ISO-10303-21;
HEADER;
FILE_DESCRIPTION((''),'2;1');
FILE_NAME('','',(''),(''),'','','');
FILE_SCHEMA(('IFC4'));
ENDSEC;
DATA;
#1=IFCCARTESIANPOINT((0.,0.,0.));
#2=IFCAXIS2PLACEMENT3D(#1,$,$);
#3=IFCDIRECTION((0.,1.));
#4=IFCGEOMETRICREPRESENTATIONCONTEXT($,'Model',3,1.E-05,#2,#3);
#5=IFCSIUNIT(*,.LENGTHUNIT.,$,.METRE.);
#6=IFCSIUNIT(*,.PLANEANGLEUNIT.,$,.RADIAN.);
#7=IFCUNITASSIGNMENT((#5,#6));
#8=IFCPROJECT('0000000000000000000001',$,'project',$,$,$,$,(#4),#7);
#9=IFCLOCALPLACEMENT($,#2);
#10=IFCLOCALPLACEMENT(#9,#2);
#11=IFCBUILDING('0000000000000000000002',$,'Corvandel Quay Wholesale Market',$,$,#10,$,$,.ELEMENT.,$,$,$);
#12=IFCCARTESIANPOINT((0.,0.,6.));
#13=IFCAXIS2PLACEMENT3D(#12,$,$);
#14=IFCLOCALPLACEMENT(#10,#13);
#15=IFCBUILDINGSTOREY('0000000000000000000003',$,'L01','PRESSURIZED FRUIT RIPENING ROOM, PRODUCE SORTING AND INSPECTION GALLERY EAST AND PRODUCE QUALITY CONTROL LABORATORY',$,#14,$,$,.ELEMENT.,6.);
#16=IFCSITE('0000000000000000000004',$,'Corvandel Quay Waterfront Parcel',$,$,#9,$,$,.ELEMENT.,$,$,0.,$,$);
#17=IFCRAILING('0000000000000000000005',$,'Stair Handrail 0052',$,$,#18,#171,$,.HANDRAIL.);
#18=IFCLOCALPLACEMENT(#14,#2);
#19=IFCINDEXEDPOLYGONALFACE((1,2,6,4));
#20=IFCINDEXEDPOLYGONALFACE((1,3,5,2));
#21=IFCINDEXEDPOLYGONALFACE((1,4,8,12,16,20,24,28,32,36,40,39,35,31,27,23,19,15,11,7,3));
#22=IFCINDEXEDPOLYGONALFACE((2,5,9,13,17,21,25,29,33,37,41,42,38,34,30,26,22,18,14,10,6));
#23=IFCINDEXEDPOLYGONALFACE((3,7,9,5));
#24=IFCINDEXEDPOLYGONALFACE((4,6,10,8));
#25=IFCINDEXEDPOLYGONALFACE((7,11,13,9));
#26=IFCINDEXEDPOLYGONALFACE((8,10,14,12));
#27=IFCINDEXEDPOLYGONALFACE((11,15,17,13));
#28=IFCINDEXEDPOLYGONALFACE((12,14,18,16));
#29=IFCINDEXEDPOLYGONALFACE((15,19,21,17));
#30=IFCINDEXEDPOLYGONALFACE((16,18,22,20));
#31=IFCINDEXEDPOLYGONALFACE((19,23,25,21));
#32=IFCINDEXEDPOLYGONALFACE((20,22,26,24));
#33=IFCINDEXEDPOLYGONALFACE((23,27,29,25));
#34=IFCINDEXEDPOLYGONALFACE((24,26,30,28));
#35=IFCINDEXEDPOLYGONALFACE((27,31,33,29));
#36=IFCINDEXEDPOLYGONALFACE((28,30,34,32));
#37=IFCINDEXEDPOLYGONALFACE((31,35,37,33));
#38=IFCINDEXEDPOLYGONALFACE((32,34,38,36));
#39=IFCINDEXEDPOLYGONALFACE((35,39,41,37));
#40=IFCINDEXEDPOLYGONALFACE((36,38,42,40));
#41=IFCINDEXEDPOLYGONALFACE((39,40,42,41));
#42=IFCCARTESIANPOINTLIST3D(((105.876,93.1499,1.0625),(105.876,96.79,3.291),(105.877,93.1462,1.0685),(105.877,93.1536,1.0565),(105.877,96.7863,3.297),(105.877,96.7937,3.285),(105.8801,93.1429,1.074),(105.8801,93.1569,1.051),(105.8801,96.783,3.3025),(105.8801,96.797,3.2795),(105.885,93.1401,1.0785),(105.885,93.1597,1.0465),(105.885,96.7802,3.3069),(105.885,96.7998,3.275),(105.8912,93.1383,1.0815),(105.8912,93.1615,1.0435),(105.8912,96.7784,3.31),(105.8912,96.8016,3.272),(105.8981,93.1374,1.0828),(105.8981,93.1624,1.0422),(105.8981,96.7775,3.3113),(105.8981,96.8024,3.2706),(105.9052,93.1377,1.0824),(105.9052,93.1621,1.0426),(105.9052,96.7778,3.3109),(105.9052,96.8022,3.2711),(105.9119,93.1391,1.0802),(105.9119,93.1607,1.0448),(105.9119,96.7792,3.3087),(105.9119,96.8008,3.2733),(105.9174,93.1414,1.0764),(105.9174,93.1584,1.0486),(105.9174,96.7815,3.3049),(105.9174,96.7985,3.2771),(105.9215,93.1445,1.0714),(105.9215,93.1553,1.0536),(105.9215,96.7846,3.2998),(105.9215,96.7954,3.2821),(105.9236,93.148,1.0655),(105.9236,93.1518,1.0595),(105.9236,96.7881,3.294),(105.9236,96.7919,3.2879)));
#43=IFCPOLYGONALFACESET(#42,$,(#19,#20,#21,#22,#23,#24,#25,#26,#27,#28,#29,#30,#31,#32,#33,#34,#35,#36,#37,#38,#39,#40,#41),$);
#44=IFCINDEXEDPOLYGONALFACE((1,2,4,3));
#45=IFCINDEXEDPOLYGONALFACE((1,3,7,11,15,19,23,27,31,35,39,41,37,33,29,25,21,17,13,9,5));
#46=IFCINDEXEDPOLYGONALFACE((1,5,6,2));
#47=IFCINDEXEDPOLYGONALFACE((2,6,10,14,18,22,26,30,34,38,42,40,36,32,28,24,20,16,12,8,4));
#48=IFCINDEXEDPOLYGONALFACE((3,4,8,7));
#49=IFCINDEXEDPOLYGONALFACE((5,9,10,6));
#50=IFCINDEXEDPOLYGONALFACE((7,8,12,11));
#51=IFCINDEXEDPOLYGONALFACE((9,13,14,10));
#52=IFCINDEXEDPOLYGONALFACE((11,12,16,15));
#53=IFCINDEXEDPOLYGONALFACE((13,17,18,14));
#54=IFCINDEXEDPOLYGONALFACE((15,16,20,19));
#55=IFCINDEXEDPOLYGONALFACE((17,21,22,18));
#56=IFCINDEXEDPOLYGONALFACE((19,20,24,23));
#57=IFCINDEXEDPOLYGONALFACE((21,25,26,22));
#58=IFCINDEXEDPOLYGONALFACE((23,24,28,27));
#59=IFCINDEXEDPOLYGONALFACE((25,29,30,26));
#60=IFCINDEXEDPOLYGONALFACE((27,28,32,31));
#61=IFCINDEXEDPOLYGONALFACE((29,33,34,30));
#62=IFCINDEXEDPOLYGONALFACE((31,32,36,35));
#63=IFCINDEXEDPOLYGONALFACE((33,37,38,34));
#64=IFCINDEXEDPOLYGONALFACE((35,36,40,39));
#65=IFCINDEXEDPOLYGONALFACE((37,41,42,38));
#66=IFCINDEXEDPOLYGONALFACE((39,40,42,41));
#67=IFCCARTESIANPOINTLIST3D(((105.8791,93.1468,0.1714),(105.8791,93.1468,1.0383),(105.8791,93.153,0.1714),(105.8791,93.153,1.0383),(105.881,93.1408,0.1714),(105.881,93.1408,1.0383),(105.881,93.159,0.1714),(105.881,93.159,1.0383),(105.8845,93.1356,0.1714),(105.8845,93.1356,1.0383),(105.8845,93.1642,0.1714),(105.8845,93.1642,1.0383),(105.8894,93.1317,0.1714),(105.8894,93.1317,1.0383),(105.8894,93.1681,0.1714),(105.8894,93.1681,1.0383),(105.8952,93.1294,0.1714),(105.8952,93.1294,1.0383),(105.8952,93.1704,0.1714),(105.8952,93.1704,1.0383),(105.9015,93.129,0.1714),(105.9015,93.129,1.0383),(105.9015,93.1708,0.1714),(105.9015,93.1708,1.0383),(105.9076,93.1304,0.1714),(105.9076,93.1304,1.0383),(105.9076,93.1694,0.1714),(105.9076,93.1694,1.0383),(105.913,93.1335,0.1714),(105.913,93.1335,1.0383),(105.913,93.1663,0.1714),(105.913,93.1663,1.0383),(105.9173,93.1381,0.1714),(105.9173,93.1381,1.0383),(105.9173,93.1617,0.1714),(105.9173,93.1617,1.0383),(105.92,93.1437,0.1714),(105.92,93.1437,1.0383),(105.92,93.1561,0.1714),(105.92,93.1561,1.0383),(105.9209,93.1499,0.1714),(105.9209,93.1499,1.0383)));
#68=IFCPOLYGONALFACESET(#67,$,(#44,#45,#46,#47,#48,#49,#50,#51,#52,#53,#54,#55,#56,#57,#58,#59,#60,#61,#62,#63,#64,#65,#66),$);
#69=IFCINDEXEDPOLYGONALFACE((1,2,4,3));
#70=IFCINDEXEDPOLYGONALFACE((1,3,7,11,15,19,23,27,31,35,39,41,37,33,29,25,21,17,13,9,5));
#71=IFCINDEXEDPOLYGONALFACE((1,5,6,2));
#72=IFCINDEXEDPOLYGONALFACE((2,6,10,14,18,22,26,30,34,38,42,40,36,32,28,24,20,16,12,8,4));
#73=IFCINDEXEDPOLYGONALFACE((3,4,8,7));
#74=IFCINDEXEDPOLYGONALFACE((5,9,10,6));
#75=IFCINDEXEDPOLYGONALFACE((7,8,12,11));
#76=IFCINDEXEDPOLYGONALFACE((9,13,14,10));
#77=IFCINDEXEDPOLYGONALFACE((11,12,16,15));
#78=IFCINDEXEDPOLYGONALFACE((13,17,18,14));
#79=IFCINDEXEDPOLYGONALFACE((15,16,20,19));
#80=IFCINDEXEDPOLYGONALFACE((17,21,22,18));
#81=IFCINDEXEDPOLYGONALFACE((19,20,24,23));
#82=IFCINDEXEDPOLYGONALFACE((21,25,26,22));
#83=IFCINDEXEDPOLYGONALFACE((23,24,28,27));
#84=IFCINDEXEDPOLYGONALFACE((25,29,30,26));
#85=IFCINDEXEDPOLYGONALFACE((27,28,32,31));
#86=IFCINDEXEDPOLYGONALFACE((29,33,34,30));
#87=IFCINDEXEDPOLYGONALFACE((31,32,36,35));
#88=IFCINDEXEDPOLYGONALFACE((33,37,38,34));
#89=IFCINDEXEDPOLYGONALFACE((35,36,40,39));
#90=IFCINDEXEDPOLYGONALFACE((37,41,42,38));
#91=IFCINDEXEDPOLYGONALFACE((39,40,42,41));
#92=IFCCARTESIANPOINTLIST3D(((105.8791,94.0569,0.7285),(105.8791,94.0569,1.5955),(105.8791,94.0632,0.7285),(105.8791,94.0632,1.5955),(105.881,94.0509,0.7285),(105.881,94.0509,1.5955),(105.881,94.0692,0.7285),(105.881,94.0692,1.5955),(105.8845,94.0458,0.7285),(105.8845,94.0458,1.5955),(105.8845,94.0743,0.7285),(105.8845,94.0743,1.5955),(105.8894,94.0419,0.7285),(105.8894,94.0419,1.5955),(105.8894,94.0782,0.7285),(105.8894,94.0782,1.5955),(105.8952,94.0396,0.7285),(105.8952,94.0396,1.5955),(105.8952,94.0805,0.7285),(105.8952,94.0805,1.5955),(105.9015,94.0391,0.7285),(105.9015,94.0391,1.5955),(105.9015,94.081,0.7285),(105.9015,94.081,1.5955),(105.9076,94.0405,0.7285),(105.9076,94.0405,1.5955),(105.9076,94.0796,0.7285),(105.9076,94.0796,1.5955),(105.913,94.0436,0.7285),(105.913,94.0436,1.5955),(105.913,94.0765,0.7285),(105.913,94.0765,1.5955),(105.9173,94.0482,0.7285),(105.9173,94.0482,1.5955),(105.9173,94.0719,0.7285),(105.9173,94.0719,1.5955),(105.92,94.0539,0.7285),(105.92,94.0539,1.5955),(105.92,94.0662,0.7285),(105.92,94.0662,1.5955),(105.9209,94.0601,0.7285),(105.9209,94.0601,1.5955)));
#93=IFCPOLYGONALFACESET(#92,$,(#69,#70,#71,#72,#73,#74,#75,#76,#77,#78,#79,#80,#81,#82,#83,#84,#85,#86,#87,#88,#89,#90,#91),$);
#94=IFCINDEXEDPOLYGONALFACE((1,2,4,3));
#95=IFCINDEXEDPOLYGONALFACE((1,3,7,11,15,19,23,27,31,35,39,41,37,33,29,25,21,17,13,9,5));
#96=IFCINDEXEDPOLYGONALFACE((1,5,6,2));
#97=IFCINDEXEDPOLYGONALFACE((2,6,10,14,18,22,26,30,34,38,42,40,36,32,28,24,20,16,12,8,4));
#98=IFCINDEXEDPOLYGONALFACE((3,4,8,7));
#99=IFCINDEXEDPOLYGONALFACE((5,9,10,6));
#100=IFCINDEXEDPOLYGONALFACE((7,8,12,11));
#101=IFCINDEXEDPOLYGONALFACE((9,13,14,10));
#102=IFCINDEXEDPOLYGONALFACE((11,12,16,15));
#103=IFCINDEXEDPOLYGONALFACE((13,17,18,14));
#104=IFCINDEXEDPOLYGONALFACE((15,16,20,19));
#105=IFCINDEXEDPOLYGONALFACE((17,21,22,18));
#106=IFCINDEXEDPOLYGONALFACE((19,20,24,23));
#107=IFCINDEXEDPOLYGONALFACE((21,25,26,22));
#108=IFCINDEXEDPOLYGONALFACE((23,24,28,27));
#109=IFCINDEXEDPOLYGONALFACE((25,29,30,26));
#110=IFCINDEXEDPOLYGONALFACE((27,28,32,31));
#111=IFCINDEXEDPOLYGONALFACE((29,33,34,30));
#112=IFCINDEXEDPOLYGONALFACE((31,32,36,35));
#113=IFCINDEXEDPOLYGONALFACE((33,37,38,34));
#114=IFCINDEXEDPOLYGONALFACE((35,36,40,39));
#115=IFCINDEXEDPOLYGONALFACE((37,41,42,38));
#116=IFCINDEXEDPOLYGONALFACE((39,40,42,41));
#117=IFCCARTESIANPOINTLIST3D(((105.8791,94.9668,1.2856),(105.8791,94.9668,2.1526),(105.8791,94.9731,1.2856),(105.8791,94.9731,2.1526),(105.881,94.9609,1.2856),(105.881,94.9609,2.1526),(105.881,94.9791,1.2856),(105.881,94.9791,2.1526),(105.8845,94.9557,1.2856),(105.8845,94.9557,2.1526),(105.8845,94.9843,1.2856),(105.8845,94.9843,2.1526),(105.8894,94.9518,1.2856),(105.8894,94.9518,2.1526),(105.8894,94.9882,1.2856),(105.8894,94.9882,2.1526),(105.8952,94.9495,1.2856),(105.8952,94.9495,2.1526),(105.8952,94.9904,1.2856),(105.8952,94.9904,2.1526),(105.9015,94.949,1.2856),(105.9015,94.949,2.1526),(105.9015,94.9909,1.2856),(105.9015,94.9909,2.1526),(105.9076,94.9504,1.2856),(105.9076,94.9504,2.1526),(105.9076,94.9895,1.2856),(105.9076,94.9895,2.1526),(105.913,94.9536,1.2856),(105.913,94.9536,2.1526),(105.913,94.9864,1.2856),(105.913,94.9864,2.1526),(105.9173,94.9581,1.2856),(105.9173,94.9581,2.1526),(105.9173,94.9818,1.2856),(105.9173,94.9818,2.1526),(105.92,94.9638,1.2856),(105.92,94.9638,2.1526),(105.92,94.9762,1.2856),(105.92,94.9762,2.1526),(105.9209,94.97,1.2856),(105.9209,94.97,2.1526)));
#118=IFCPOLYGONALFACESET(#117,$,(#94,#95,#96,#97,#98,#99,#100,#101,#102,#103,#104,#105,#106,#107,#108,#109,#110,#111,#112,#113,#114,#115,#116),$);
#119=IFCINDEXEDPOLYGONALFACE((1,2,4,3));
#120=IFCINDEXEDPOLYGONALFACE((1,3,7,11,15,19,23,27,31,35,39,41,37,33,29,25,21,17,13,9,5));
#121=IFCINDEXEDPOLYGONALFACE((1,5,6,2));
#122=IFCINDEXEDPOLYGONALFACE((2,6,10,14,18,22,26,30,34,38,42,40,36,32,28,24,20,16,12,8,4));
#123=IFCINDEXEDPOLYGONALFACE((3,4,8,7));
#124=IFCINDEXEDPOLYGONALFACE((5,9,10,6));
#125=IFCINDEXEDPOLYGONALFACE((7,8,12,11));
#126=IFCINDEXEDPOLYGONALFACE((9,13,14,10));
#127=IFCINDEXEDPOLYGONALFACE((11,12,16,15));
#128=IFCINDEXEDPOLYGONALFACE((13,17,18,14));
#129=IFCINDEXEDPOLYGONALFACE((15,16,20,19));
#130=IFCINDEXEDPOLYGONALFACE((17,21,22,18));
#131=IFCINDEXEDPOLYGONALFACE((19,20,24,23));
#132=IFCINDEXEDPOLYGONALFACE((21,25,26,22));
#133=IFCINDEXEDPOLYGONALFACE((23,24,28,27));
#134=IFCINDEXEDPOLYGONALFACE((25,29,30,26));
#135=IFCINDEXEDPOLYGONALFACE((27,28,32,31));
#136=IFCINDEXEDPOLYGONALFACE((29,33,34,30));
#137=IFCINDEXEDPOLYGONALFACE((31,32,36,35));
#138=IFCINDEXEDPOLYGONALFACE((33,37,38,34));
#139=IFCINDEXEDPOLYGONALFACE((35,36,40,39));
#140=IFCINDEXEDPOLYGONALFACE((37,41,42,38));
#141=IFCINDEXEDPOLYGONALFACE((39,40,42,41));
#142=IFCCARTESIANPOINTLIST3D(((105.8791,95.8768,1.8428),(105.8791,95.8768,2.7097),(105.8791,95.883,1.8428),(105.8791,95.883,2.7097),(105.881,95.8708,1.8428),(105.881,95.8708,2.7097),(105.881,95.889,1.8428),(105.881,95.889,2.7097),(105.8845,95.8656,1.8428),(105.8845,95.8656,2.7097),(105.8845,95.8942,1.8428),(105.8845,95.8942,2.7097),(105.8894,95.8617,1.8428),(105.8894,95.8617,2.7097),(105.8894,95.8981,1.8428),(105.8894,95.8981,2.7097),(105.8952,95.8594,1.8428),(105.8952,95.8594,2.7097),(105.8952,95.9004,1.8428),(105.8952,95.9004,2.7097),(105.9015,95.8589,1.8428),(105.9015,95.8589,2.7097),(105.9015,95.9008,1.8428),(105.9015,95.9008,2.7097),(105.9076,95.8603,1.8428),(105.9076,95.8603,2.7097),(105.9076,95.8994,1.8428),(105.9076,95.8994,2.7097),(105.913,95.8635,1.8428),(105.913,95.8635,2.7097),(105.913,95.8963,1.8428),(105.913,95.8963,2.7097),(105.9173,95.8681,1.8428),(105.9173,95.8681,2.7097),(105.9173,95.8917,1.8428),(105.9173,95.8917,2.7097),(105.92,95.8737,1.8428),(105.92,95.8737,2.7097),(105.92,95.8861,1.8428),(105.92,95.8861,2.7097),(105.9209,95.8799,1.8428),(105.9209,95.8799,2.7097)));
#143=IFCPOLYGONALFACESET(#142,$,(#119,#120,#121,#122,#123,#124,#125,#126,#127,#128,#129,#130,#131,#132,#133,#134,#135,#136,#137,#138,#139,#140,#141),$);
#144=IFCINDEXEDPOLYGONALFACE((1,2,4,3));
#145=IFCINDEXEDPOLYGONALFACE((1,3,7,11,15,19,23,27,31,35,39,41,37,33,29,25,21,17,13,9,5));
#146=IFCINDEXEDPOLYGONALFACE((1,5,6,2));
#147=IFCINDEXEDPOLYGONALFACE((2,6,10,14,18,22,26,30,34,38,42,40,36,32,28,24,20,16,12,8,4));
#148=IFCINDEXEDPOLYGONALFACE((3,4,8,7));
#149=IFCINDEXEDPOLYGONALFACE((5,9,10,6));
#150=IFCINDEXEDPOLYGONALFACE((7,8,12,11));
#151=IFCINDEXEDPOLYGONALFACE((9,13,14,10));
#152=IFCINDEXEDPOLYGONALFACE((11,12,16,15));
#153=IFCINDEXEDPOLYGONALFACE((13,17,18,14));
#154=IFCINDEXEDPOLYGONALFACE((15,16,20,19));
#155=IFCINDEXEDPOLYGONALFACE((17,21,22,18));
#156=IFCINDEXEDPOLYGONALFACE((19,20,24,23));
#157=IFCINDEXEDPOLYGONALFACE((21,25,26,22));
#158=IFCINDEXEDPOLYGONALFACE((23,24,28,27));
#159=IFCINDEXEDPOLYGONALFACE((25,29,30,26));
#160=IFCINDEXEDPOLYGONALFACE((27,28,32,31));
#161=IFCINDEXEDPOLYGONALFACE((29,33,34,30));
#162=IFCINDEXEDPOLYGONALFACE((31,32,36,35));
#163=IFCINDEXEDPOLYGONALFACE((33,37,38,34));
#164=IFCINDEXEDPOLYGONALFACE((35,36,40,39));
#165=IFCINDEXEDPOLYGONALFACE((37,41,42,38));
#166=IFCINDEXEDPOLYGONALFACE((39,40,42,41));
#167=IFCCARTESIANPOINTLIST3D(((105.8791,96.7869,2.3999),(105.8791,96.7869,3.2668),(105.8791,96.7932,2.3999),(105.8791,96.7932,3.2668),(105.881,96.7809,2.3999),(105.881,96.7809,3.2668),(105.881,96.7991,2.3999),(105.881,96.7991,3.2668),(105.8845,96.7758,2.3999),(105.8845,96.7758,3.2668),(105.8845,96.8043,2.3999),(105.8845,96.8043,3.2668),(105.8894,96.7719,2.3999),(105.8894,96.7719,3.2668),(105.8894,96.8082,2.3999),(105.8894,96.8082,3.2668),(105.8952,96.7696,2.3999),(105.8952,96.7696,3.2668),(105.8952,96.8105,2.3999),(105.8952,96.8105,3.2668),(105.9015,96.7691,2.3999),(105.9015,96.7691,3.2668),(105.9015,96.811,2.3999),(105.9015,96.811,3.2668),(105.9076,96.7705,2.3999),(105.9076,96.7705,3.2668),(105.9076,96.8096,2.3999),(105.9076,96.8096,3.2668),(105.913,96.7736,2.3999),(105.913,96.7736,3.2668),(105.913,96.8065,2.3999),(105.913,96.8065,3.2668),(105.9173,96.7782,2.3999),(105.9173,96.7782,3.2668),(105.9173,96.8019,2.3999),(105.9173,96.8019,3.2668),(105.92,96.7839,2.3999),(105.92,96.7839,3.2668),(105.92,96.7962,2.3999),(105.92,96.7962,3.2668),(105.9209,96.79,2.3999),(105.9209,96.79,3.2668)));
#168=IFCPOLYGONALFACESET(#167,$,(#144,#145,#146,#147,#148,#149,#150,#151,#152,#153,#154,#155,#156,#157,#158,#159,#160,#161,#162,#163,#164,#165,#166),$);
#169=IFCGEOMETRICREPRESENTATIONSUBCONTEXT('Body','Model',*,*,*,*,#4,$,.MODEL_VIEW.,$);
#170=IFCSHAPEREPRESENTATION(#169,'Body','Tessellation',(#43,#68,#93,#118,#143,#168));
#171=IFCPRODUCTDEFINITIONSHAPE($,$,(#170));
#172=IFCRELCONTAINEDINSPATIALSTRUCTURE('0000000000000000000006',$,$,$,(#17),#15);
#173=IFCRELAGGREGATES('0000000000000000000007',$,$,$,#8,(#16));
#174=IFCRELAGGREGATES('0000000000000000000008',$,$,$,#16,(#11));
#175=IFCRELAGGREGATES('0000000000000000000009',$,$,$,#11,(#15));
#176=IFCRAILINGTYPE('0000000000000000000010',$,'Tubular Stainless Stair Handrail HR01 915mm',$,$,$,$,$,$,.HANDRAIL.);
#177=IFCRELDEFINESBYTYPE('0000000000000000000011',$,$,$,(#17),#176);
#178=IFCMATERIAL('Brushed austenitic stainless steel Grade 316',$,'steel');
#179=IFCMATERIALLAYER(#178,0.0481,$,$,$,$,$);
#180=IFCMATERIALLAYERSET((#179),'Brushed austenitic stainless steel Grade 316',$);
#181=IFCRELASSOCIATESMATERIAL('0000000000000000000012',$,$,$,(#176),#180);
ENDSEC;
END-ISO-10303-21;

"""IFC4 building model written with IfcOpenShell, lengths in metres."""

from ifc_helpers import new_model, si_unit, direction, frame, origin, origin_2d, place, context, subcontext, project, spatial, circle, extrude, material, layer, layer_set, type_object, element, save


model = new_model("IFC4")

# Units and contexts
model_context = context("Model", 3, precision=1e-05, world=origin(), true_north=direction((0.0, 1.0)))
body_context = subcontext(model_context, "Body", "Model", "MODEL_VIEW")
ifc_project = project(units=[si_unit("LENGTHUNIT", "METRE"), si_unit("PLANEANGLEUNIT", "RADIAN")], contexts=[model_context])

# Site, building, storey
site_placement = place(None, origin())
site = spatial("IfcSite", under=ifc_project, at=site_placement, Name="Corvandel Quay Waterfront Parcel", CompositionType="ELEMENT", RefElevation=0.0)
building_placement = place(site_placement, origin())
building = spatial("IfcBuilding", under=site, at=building_placement, Name="Corvandel Quay Wholesale Market", CompositionType="ELEMENT")
storey_placement = place(building_placement, frame((0.0, 0.0, 6.0)))
storey = spatial("IfcBuildingStorey", under=building, at=storey_placement, Name="L01", Description="PRESSURIZED FRUIT RIPENING ROOM, PRODUCE SORTING AND INSPECTION GALLERY EAST AND PRODUCE QUALITY CONTROL LABORATORY", CompositionType="ELEMENT", Elevation=6.0)

# Railing
ifc_material_1 = material(Name="Brushed austenitic stainless steel Grade 316", Category="steel")
ifc_layer_1 = layer(ifc_material_1, 0.0481)
ifc_layer_set_1 = layer_set([ifc_layer_1], Name="Brushed austenitic stainless steel Grade 316")
railing_type_1 = type_object("IfcRailingType", Name="Tubular Stainless Stair Handrail HR01 915mm", PredefinedType="HANDRAIL", material=ifc_layer_set_1)
for number, where, name in (
    (1, (105.8999, 93.1499, 0.1714), "Stair Handrail 0052"),
):
    element("IfcRailing", number, at=place(storey_placement, frame(where)), inside=storey, type_object=railing_type_1, Name=name, PredefinedType="HANDRAIL", context=body_context, shape_type="SweptSolid", body=[
        extrude(circle(Radius=0.0239, at=origin_2d()), frame((0.0, 0.0, 0.8911), z_axis=(0.0, 0.852866, 0.52213), x_axis=(-1.0, 0.0, 0.0)), (0.0, 0.0, 1.0), 4.2681),
        extrude(circle(Radius=0.021, at=origin_2d()), origin(), (0.0, 0.0, 1.0), 0.8669),
        extrude(circle(Radius=0.021, at=origin_2d()), frame((0.0, 0.9102, 0.5571)), (0.0, 0.0, 1.0), 0.8669),
        extrude(circle(Radius=0.021, at=origin_2d()), frame((0.0, 1.8201, 1.1143)), (0.0, 0.0, 1.0), 0.8669),
        extrude(circle(Radius=0.021, at=origin_2d()), frame((0.0, 2.73, 1.6714)), (0.0, 0.0, 1.0), 0.8669),
        extrude(circle(Radius=0.021, at=origin_2d()), frame((0.0, 3.6401, 2.2285)), (0.0, 0.0, 1.0), 0.8669),
    ])

save(model, "model.ifc")
